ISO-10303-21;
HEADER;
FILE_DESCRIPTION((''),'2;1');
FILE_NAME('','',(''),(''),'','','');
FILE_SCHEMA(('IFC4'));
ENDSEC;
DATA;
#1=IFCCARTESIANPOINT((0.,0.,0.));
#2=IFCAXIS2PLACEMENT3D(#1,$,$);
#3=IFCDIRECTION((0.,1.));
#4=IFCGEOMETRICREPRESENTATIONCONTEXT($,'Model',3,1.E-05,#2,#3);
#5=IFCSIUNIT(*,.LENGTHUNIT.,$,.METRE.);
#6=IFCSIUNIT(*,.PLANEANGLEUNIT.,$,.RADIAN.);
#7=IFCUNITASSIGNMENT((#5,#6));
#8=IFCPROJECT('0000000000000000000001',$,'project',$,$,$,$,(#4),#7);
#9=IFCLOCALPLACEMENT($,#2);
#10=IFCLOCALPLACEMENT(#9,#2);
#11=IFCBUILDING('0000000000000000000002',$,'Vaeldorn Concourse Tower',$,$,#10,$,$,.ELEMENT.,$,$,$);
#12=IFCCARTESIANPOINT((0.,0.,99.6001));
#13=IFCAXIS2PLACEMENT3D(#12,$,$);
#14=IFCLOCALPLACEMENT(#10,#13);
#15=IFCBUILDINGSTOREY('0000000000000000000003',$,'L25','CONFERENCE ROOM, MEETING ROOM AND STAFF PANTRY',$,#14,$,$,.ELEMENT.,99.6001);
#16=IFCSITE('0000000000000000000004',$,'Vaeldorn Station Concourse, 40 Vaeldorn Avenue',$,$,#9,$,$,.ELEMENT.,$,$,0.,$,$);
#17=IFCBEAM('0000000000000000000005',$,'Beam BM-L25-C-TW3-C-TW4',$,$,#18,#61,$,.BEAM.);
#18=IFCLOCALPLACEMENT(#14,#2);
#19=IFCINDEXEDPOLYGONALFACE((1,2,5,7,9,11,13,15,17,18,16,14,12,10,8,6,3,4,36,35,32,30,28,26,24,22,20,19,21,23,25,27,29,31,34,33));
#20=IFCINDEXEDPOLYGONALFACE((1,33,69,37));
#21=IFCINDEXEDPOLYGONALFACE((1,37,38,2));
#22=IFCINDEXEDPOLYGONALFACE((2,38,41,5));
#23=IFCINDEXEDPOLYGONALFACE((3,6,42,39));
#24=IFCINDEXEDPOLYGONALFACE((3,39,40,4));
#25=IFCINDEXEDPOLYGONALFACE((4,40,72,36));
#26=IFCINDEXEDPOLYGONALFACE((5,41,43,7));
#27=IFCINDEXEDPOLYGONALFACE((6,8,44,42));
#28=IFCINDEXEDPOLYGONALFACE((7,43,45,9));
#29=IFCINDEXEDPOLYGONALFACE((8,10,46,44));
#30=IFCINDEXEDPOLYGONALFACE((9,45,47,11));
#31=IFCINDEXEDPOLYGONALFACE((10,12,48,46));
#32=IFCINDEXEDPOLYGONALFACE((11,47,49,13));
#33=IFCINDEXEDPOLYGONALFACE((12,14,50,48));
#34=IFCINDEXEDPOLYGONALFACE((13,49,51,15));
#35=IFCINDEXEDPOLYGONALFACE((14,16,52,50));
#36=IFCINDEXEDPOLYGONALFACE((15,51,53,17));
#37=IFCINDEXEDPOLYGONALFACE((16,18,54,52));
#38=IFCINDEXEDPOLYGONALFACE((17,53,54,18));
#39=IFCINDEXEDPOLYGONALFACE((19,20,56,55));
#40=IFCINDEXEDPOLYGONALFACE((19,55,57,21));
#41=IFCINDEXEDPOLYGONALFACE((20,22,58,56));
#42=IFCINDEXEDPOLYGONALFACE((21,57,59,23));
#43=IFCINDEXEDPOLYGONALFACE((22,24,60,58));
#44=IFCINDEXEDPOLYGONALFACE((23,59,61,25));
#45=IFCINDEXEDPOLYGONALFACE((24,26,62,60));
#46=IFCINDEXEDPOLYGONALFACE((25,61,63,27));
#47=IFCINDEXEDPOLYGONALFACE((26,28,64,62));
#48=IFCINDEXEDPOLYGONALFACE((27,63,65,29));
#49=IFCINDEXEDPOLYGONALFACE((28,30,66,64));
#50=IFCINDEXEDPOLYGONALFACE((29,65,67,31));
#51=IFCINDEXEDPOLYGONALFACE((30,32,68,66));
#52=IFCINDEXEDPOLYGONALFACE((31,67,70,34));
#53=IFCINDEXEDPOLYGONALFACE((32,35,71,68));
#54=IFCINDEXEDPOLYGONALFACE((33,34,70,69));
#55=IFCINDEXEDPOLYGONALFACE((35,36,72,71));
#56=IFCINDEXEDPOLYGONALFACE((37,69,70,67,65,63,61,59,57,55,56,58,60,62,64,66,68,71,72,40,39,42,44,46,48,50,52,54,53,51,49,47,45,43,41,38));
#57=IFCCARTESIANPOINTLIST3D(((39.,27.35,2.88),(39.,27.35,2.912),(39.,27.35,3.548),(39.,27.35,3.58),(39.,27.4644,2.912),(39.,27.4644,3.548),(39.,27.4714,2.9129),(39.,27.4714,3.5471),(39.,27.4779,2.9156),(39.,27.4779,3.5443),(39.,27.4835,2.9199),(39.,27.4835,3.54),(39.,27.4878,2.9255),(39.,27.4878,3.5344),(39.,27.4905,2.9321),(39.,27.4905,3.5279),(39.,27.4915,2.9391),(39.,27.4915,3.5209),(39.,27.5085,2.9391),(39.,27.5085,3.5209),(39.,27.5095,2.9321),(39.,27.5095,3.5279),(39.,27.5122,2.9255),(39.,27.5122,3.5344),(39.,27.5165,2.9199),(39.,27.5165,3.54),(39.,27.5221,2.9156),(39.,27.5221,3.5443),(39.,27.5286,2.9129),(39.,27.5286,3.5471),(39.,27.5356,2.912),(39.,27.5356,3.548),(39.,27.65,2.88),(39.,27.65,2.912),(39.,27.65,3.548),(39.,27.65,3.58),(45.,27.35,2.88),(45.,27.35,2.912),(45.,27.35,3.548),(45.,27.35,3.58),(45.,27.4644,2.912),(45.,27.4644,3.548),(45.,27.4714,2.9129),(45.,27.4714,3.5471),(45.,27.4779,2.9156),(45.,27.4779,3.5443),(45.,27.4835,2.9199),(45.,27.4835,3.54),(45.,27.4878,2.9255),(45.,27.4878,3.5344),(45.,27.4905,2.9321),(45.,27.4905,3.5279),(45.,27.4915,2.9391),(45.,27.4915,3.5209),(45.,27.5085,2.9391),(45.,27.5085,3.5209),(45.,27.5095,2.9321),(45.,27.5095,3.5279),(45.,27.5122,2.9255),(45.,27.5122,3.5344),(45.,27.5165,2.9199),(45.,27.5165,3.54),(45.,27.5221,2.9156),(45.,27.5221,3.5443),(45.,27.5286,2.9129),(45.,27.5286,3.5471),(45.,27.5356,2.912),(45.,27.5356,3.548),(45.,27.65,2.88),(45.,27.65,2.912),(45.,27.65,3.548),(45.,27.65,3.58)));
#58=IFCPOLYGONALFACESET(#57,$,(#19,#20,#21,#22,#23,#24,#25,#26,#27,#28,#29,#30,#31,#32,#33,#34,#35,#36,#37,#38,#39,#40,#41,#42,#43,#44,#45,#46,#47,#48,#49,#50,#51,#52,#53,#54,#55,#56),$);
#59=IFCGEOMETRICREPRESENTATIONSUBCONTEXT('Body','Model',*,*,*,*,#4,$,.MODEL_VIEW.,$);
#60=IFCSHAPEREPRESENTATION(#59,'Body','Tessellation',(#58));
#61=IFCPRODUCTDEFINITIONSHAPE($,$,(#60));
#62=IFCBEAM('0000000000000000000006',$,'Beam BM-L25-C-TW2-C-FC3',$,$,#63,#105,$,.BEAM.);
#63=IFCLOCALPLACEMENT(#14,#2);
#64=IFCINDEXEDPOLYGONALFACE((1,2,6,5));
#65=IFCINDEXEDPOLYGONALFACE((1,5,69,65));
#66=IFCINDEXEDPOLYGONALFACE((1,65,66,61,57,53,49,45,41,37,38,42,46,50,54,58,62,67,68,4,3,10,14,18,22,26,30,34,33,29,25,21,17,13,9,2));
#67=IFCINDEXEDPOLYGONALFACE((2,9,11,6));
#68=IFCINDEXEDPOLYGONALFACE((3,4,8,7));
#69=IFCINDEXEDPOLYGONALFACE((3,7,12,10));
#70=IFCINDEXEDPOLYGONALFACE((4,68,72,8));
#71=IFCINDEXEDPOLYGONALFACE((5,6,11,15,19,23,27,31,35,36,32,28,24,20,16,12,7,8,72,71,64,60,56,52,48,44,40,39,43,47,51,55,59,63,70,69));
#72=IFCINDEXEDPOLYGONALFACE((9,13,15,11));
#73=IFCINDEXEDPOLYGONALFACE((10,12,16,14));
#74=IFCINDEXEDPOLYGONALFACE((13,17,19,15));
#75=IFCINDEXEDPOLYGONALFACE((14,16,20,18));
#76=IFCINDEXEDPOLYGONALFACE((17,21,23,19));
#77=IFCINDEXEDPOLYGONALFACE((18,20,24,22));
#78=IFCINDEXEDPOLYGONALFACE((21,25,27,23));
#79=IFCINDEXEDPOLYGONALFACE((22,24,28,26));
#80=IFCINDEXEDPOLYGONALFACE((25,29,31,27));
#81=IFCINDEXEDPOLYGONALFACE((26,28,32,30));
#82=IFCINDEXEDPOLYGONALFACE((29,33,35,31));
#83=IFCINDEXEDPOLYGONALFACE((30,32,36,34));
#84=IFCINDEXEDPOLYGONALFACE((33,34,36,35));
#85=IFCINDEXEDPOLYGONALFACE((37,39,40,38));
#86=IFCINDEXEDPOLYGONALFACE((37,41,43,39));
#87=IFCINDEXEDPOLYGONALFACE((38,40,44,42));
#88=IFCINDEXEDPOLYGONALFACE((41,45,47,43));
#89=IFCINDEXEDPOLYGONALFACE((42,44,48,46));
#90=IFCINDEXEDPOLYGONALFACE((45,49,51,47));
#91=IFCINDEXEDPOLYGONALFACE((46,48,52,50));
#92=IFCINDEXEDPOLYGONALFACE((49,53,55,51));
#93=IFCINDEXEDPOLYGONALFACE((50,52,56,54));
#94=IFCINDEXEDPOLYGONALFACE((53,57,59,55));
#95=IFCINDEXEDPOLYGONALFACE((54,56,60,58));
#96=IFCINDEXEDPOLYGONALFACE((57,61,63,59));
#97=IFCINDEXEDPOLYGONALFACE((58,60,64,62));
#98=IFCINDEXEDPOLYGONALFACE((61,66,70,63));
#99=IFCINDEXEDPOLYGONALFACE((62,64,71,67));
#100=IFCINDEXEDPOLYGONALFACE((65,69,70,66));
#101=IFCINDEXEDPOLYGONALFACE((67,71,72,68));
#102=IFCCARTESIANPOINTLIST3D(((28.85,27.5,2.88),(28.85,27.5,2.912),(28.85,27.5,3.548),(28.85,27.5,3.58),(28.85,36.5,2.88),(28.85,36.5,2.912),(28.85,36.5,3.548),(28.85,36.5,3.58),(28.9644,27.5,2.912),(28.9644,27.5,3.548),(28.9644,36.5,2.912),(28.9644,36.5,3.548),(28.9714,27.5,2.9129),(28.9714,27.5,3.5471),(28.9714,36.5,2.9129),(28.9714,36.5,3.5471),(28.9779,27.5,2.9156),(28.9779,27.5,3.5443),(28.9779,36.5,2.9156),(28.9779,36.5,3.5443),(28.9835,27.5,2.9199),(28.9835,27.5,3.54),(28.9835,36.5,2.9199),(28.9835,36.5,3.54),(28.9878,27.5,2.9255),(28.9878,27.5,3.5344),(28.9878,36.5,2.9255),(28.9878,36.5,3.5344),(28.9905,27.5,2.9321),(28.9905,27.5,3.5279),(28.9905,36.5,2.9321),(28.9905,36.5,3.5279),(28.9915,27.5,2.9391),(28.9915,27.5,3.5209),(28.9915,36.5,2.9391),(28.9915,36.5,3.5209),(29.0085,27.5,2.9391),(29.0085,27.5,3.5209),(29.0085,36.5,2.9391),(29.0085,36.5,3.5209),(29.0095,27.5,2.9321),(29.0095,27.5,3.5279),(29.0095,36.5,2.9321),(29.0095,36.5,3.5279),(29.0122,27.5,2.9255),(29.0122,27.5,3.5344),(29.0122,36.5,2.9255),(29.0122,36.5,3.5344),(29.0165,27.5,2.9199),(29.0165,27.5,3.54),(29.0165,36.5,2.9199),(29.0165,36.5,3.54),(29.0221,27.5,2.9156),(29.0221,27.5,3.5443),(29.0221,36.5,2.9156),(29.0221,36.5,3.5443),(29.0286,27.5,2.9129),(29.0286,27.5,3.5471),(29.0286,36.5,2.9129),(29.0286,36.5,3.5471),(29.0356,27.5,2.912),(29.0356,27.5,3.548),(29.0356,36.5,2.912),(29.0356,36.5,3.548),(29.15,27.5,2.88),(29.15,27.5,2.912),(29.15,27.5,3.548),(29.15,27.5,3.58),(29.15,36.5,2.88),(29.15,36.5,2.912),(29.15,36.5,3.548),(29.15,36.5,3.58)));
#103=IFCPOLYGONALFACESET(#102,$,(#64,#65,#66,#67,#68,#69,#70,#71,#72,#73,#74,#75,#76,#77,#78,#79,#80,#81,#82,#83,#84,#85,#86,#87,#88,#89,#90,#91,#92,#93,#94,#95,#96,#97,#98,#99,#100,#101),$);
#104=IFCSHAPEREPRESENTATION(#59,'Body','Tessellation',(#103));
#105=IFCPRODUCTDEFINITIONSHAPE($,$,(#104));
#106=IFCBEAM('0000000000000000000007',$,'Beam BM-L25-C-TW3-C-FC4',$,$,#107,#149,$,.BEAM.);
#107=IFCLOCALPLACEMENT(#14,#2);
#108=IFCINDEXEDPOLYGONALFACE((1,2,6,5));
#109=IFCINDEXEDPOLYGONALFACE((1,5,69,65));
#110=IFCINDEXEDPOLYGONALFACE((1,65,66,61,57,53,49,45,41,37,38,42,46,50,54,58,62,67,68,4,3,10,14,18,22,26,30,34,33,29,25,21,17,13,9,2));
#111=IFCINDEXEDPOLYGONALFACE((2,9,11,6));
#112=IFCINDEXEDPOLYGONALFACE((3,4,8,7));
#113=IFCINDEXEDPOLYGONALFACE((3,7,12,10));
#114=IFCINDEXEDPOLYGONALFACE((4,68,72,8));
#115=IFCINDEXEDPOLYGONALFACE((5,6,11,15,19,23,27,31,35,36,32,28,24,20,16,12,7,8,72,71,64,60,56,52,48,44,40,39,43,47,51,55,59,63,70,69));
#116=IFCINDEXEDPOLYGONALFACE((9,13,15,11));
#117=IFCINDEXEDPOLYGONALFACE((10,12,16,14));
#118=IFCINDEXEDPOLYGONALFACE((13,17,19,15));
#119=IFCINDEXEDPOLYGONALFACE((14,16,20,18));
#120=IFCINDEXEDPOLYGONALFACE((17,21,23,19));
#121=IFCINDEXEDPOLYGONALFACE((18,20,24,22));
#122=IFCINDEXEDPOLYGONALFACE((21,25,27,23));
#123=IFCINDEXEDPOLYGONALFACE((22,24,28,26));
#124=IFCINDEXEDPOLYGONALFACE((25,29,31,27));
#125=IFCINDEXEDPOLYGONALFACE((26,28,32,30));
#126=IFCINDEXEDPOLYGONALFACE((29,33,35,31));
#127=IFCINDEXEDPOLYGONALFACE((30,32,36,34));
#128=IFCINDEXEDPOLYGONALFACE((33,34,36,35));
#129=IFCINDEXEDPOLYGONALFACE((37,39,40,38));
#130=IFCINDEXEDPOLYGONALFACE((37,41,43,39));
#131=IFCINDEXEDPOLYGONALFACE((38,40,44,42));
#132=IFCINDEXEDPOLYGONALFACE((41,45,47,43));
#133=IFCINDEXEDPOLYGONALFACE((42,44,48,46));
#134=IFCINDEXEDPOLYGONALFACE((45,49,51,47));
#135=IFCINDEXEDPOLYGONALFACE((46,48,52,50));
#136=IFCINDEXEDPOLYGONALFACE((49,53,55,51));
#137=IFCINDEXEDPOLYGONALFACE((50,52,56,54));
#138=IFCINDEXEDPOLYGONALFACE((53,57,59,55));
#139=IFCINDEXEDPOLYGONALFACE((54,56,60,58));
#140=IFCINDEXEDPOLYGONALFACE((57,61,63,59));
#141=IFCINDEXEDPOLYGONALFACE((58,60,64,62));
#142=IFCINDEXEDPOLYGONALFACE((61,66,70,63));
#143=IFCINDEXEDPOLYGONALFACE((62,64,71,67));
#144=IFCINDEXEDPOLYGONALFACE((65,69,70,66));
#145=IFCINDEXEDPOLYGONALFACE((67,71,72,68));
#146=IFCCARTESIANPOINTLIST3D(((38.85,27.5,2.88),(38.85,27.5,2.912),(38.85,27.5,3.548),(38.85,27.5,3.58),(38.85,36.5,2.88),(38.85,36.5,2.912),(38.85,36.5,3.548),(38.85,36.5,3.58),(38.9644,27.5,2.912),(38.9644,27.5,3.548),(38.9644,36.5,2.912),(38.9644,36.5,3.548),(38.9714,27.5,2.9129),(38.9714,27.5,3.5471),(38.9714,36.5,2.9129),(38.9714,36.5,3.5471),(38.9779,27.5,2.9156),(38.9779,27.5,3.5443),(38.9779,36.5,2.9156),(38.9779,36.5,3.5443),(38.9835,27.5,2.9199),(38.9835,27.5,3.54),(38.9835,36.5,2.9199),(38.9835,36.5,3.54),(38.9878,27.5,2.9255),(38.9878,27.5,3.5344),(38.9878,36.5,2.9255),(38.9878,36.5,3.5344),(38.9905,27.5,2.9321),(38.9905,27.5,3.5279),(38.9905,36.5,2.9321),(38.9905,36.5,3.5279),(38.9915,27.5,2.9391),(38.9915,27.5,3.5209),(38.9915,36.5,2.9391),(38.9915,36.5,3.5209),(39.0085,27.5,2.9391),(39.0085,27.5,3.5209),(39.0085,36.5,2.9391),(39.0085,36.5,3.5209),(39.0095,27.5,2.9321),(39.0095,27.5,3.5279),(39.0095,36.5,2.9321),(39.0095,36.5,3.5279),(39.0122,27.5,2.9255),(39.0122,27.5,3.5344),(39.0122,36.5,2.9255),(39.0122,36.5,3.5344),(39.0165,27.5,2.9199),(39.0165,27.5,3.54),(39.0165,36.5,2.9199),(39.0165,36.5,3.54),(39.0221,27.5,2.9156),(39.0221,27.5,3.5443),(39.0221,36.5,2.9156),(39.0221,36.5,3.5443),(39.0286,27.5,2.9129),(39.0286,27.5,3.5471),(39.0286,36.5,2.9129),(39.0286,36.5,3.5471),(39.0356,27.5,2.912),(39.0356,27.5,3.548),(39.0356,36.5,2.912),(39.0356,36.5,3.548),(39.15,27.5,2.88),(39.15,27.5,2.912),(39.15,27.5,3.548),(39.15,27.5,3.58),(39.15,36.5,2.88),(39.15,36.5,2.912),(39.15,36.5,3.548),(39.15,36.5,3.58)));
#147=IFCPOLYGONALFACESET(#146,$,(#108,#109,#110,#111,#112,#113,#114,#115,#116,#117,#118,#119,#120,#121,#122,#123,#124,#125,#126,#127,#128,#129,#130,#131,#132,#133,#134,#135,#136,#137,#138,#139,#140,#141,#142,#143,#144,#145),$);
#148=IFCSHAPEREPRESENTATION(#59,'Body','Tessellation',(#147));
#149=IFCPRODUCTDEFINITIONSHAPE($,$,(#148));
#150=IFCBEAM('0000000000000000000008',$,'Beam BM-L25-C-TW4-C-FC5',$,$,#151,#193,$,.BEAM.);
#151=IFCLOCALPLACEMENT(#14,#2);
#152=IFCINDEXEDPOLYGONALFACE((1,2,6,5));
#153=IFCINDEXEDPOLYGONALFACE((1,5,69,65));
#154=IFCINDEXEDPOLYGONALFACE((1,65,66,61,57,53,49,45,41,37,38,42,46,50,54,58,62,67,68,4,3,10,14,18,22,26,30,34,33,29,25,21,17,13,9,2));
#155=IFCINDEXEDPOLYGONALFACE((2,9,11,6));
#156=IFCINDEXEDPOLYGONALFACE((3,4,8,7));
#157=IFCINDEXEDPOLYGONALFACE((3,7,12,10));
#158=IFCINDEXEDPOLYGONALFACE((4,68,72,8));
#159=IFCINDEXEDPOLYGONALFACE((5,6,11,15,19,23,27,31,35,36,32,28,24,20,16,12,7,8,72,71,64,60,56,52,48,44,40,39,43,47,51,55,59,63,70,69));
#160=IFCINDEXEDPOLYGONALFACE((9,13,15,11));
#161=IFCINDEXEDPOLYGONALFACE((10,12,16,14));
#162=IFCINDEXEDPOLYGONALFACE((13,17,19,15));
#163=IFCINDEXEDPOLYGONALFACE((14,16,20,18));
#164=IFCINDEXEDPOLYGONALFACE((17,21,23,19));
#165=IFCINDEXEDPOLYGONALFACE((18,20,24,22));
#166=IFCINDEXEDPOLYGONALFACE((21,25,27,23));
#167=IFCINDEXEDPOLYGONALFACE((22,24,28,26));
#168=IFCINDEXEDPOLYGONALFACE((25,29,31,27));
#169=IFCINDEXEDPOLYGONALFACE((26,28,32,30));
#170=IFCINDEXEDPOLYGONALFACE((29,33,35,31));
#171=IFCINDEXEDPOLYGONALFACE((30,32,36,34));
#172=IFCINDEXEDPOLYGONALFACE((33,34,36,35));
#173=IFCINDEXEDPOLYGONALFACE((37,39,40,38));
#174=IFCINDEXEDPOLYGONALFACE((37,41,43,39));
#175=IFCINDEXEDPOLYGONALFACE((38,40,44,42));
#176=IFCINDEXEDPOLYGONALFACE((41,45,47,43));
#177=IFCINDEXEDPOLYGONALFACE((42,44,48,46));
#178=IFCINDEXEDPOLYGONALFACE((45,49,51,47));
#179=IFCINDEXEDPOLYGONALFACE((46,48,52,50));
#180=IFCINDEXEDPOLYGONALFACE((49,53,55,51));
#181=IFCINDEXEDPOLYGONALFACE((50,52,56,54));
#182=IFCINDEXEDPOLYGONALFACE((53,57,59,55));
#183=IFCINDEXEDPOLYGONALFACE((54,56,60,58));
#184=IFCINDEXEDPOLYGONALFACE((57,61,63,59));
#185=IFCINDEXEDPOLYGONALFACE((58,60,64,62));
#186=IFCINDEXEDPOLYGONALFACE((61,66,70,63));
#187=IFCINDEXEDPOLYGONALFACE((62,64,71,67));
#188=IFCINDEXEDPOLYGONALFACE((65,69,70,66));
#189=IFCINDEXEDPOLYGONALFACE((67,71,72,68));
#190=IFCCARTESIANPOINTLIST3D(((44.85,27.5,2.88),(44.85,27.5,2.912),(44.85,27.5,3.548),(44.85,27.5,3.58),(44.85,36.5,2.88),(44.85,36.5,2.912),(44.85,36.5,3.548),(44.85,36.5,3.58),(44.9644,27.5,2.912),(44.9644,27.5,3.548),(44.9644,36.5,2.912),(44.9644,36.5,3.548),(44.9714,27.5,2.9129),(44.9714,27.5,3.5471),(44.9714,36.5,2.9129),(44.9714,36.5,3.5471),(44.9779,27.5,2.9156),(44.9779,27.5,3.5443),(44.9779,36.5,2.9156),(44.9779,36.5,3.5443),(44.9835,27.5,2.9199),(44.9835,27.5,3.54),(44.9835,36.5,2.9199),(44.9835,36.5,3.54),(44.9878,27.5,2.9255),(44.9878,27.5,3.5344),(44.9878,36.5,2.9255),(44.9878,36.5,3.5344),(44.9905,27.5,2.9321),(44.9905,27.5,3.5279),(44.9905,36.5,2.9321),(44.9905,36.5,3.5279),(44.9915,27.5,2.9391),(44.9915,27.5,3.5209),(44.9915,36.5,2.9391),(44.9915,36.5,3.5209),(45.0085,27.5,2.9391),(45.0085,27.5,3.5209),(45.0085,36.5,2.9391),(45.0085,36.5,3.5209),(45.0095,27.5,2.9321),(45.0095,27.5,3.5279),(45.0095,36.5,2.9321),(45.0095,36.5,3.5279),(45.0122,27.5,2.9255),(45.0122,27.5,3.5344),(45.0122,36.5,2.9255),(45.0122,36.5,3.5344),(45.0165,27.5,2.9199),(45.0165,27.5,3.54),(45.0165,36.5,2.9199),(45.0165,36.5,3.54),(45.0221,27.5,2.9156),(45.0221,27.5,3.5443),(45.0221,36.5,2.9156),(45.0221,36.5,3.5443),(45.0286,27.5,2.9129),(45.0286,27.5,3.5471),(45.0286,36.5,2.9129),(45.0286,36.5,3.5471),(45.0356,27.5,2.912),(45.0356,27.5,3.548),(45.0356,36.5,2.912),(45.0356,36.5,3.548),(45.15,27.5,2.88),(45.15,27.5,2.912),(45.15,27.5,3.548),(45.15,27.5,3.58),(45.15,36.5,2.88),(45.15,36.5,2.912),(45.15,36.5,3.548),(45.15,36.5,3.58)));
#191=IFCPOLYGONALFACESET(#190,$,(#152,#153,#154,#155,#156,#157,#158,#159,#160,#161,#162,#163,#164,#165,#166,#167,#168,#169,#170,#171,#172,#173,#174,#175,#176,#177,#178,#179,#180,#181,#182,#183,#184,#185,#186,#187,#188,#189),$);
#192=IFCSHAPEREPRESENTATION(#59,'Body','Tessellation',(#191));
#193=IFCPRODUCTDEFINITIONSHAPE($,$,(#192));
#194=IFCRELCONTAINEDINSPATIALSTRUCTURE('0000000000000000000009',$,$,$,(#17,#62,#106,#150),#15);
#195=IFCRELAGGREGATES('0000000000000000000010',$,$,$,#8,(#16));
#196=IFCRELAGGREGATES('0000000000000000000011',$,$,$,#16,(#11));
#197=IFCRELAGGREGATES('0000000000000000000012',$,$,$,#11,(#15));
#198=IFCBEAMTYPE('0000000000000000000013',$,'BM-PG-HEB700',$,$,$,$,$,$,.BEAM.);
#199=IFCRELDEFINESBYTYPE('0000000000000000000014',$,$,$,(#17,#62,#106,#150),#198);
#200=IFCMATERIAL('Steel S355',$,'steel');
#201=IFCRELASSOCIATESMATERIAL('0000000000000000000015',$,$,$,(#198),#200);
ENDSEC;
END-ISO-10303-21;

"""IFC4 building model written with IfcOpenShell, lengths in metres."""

from ifc_helpers import new_model, si_unit, direction, frame, origin, origin_2d, place, context, subcontext, project, spatial, i_section, extrude, source, transform, mapped, material, material_profile, profile_set, type_object, element, save


model = new_model("IFC4")

# Units and contexts
model_context = context("Model", 3, precision=1e-05, world=origin(), true_north=direction((0.0, 1.0)))
body_context = subcontext(model_context, "Body", "Model", "MODEL_VIEW")
ifc_project = project(units=[si_unit("LENGTHUNIT", "METRE"), si_unit("PLANEANGLEUNIT", "RADIAN")], contexts=[model_context])

# Site, building, storey
site_placement = place(None, origin())
site = spatial("IfcSite", under=ifc_project, at=site_placement, Name="Vaeldorn Station Concourse, 40 Vaeldorn Avenue", CompositionType="ELEMENT", RefElevation=0.0)
building_placement = place(site_placement, origin())
building = spatial("IfcBuilding", under=site, at=building_placement, Name="Vaeldorn Concourse Tower", CompositionType="ELEMENT")
storey_placement = place(building_placement, frame((0.0, 0.0, 99.6001)))
storey = spatial("IfcBuildingStorey", under=building, at=storey_placement, Name="L25", Description="CONFERENCE ROOM, MEETING ROOM AND STAFF PANTRY", CompositionType="ELEMENT", Elevation=99.6001)

# Beams
ifc_material_1 = material(Name="Steel S355", Category="steel")
ifc_material_profile_1 = material_profile(ifc_material_1, i_section(OverallWidth=0.3, OverallDepth=0.7, WebThickness=0.0171, FlangeThickness=0.032, FilletRadius=0.0271, at=origin_2d()), Name="HEB 700")
ifc_profile_set_1 = profile_set([ifc_material_profile_1], Name="Steel S355")
beam_type_1 = type_object("IfcBeamType", Name="BM-PG-HEB700", PredefinedType="BEAM", material=ifc_profile_set_1)
shared_shape_1 = source(origin(), body_context, "Body", "SweptSolid", [
    extrude(i_section(OverallWidth=0.3, OverallDepth=0.7, WebThickness=0.0171, FlangeThickness=0.032, FilletRadius=0.0271, at=origin_2d()), origin(), (0.0, 0.0, 1.0), 6.0),
])
beam_1_placement = place(storey_placement, frame((39.0, 27.5, 3.23), z_axis=(1.0, 0.0, 0.0), x_axis=(0.0, 1.0, 0.0)))
element("IfcBeam", 1, at=beam_1_placement, inside=storey, type_object=beam_type_1, Name="Beam BM-L25-C-TW3-C-TW4", PredefinedType="BEAM", context=body_context, shape_type="MappedRepresentation", body=[
    mapped(shared_shape_1, transform((0.0, 0.0, 0.0), scale=1.0)),
])
shared_shape_2 = source(origin(), body_context, "Body", "SweptSolid", [
    extrude(i_section(OverallWidth=0.3, OverallDepth=0.7, WebThickness=0.0171, FlangeThickness=0.032, FilletRadius=0.0271, at=origin_2d()), origin(), (0.0, 0.0, 1.0), 9.0),
])
for number, where, z_axis, x_axis, name in (
    (2, (29.0, 27.5, 3.23), (0.0, 1.0, 0.0), (-1.0, 0.0, 0.0), "Beam BM-L25-C-TW2-C-FC3"),
    (3, (39.0, 27.5, 3.23), (0.0, 1.0, 0.0), (-1.0, 0.0, 0.0), "Beam BM-L25-C-TW3-C-FC4"),
    (4, (45.0, 27.5, 3.23), (0.0, 1.0, 0.0), (-1.0, 0.0, 0.0), "Beam BM-L25-C-TW4-C-FC5"),
):
    element("IfcBeam", number, at=place(storey_placement, frame(where, z_axis=z_axis, x_axis=x_axis)), inside=storey, type_object=beam_type_1, Name=name, PredefinedType="BEAM", context=body_context, shape_type="MappedRepresentation", body=[
        mapped(shared_shape_2, transform((0.0, 0.0, 0.0), scale=1.0)),
    ])

save(model, "model.ifc")
